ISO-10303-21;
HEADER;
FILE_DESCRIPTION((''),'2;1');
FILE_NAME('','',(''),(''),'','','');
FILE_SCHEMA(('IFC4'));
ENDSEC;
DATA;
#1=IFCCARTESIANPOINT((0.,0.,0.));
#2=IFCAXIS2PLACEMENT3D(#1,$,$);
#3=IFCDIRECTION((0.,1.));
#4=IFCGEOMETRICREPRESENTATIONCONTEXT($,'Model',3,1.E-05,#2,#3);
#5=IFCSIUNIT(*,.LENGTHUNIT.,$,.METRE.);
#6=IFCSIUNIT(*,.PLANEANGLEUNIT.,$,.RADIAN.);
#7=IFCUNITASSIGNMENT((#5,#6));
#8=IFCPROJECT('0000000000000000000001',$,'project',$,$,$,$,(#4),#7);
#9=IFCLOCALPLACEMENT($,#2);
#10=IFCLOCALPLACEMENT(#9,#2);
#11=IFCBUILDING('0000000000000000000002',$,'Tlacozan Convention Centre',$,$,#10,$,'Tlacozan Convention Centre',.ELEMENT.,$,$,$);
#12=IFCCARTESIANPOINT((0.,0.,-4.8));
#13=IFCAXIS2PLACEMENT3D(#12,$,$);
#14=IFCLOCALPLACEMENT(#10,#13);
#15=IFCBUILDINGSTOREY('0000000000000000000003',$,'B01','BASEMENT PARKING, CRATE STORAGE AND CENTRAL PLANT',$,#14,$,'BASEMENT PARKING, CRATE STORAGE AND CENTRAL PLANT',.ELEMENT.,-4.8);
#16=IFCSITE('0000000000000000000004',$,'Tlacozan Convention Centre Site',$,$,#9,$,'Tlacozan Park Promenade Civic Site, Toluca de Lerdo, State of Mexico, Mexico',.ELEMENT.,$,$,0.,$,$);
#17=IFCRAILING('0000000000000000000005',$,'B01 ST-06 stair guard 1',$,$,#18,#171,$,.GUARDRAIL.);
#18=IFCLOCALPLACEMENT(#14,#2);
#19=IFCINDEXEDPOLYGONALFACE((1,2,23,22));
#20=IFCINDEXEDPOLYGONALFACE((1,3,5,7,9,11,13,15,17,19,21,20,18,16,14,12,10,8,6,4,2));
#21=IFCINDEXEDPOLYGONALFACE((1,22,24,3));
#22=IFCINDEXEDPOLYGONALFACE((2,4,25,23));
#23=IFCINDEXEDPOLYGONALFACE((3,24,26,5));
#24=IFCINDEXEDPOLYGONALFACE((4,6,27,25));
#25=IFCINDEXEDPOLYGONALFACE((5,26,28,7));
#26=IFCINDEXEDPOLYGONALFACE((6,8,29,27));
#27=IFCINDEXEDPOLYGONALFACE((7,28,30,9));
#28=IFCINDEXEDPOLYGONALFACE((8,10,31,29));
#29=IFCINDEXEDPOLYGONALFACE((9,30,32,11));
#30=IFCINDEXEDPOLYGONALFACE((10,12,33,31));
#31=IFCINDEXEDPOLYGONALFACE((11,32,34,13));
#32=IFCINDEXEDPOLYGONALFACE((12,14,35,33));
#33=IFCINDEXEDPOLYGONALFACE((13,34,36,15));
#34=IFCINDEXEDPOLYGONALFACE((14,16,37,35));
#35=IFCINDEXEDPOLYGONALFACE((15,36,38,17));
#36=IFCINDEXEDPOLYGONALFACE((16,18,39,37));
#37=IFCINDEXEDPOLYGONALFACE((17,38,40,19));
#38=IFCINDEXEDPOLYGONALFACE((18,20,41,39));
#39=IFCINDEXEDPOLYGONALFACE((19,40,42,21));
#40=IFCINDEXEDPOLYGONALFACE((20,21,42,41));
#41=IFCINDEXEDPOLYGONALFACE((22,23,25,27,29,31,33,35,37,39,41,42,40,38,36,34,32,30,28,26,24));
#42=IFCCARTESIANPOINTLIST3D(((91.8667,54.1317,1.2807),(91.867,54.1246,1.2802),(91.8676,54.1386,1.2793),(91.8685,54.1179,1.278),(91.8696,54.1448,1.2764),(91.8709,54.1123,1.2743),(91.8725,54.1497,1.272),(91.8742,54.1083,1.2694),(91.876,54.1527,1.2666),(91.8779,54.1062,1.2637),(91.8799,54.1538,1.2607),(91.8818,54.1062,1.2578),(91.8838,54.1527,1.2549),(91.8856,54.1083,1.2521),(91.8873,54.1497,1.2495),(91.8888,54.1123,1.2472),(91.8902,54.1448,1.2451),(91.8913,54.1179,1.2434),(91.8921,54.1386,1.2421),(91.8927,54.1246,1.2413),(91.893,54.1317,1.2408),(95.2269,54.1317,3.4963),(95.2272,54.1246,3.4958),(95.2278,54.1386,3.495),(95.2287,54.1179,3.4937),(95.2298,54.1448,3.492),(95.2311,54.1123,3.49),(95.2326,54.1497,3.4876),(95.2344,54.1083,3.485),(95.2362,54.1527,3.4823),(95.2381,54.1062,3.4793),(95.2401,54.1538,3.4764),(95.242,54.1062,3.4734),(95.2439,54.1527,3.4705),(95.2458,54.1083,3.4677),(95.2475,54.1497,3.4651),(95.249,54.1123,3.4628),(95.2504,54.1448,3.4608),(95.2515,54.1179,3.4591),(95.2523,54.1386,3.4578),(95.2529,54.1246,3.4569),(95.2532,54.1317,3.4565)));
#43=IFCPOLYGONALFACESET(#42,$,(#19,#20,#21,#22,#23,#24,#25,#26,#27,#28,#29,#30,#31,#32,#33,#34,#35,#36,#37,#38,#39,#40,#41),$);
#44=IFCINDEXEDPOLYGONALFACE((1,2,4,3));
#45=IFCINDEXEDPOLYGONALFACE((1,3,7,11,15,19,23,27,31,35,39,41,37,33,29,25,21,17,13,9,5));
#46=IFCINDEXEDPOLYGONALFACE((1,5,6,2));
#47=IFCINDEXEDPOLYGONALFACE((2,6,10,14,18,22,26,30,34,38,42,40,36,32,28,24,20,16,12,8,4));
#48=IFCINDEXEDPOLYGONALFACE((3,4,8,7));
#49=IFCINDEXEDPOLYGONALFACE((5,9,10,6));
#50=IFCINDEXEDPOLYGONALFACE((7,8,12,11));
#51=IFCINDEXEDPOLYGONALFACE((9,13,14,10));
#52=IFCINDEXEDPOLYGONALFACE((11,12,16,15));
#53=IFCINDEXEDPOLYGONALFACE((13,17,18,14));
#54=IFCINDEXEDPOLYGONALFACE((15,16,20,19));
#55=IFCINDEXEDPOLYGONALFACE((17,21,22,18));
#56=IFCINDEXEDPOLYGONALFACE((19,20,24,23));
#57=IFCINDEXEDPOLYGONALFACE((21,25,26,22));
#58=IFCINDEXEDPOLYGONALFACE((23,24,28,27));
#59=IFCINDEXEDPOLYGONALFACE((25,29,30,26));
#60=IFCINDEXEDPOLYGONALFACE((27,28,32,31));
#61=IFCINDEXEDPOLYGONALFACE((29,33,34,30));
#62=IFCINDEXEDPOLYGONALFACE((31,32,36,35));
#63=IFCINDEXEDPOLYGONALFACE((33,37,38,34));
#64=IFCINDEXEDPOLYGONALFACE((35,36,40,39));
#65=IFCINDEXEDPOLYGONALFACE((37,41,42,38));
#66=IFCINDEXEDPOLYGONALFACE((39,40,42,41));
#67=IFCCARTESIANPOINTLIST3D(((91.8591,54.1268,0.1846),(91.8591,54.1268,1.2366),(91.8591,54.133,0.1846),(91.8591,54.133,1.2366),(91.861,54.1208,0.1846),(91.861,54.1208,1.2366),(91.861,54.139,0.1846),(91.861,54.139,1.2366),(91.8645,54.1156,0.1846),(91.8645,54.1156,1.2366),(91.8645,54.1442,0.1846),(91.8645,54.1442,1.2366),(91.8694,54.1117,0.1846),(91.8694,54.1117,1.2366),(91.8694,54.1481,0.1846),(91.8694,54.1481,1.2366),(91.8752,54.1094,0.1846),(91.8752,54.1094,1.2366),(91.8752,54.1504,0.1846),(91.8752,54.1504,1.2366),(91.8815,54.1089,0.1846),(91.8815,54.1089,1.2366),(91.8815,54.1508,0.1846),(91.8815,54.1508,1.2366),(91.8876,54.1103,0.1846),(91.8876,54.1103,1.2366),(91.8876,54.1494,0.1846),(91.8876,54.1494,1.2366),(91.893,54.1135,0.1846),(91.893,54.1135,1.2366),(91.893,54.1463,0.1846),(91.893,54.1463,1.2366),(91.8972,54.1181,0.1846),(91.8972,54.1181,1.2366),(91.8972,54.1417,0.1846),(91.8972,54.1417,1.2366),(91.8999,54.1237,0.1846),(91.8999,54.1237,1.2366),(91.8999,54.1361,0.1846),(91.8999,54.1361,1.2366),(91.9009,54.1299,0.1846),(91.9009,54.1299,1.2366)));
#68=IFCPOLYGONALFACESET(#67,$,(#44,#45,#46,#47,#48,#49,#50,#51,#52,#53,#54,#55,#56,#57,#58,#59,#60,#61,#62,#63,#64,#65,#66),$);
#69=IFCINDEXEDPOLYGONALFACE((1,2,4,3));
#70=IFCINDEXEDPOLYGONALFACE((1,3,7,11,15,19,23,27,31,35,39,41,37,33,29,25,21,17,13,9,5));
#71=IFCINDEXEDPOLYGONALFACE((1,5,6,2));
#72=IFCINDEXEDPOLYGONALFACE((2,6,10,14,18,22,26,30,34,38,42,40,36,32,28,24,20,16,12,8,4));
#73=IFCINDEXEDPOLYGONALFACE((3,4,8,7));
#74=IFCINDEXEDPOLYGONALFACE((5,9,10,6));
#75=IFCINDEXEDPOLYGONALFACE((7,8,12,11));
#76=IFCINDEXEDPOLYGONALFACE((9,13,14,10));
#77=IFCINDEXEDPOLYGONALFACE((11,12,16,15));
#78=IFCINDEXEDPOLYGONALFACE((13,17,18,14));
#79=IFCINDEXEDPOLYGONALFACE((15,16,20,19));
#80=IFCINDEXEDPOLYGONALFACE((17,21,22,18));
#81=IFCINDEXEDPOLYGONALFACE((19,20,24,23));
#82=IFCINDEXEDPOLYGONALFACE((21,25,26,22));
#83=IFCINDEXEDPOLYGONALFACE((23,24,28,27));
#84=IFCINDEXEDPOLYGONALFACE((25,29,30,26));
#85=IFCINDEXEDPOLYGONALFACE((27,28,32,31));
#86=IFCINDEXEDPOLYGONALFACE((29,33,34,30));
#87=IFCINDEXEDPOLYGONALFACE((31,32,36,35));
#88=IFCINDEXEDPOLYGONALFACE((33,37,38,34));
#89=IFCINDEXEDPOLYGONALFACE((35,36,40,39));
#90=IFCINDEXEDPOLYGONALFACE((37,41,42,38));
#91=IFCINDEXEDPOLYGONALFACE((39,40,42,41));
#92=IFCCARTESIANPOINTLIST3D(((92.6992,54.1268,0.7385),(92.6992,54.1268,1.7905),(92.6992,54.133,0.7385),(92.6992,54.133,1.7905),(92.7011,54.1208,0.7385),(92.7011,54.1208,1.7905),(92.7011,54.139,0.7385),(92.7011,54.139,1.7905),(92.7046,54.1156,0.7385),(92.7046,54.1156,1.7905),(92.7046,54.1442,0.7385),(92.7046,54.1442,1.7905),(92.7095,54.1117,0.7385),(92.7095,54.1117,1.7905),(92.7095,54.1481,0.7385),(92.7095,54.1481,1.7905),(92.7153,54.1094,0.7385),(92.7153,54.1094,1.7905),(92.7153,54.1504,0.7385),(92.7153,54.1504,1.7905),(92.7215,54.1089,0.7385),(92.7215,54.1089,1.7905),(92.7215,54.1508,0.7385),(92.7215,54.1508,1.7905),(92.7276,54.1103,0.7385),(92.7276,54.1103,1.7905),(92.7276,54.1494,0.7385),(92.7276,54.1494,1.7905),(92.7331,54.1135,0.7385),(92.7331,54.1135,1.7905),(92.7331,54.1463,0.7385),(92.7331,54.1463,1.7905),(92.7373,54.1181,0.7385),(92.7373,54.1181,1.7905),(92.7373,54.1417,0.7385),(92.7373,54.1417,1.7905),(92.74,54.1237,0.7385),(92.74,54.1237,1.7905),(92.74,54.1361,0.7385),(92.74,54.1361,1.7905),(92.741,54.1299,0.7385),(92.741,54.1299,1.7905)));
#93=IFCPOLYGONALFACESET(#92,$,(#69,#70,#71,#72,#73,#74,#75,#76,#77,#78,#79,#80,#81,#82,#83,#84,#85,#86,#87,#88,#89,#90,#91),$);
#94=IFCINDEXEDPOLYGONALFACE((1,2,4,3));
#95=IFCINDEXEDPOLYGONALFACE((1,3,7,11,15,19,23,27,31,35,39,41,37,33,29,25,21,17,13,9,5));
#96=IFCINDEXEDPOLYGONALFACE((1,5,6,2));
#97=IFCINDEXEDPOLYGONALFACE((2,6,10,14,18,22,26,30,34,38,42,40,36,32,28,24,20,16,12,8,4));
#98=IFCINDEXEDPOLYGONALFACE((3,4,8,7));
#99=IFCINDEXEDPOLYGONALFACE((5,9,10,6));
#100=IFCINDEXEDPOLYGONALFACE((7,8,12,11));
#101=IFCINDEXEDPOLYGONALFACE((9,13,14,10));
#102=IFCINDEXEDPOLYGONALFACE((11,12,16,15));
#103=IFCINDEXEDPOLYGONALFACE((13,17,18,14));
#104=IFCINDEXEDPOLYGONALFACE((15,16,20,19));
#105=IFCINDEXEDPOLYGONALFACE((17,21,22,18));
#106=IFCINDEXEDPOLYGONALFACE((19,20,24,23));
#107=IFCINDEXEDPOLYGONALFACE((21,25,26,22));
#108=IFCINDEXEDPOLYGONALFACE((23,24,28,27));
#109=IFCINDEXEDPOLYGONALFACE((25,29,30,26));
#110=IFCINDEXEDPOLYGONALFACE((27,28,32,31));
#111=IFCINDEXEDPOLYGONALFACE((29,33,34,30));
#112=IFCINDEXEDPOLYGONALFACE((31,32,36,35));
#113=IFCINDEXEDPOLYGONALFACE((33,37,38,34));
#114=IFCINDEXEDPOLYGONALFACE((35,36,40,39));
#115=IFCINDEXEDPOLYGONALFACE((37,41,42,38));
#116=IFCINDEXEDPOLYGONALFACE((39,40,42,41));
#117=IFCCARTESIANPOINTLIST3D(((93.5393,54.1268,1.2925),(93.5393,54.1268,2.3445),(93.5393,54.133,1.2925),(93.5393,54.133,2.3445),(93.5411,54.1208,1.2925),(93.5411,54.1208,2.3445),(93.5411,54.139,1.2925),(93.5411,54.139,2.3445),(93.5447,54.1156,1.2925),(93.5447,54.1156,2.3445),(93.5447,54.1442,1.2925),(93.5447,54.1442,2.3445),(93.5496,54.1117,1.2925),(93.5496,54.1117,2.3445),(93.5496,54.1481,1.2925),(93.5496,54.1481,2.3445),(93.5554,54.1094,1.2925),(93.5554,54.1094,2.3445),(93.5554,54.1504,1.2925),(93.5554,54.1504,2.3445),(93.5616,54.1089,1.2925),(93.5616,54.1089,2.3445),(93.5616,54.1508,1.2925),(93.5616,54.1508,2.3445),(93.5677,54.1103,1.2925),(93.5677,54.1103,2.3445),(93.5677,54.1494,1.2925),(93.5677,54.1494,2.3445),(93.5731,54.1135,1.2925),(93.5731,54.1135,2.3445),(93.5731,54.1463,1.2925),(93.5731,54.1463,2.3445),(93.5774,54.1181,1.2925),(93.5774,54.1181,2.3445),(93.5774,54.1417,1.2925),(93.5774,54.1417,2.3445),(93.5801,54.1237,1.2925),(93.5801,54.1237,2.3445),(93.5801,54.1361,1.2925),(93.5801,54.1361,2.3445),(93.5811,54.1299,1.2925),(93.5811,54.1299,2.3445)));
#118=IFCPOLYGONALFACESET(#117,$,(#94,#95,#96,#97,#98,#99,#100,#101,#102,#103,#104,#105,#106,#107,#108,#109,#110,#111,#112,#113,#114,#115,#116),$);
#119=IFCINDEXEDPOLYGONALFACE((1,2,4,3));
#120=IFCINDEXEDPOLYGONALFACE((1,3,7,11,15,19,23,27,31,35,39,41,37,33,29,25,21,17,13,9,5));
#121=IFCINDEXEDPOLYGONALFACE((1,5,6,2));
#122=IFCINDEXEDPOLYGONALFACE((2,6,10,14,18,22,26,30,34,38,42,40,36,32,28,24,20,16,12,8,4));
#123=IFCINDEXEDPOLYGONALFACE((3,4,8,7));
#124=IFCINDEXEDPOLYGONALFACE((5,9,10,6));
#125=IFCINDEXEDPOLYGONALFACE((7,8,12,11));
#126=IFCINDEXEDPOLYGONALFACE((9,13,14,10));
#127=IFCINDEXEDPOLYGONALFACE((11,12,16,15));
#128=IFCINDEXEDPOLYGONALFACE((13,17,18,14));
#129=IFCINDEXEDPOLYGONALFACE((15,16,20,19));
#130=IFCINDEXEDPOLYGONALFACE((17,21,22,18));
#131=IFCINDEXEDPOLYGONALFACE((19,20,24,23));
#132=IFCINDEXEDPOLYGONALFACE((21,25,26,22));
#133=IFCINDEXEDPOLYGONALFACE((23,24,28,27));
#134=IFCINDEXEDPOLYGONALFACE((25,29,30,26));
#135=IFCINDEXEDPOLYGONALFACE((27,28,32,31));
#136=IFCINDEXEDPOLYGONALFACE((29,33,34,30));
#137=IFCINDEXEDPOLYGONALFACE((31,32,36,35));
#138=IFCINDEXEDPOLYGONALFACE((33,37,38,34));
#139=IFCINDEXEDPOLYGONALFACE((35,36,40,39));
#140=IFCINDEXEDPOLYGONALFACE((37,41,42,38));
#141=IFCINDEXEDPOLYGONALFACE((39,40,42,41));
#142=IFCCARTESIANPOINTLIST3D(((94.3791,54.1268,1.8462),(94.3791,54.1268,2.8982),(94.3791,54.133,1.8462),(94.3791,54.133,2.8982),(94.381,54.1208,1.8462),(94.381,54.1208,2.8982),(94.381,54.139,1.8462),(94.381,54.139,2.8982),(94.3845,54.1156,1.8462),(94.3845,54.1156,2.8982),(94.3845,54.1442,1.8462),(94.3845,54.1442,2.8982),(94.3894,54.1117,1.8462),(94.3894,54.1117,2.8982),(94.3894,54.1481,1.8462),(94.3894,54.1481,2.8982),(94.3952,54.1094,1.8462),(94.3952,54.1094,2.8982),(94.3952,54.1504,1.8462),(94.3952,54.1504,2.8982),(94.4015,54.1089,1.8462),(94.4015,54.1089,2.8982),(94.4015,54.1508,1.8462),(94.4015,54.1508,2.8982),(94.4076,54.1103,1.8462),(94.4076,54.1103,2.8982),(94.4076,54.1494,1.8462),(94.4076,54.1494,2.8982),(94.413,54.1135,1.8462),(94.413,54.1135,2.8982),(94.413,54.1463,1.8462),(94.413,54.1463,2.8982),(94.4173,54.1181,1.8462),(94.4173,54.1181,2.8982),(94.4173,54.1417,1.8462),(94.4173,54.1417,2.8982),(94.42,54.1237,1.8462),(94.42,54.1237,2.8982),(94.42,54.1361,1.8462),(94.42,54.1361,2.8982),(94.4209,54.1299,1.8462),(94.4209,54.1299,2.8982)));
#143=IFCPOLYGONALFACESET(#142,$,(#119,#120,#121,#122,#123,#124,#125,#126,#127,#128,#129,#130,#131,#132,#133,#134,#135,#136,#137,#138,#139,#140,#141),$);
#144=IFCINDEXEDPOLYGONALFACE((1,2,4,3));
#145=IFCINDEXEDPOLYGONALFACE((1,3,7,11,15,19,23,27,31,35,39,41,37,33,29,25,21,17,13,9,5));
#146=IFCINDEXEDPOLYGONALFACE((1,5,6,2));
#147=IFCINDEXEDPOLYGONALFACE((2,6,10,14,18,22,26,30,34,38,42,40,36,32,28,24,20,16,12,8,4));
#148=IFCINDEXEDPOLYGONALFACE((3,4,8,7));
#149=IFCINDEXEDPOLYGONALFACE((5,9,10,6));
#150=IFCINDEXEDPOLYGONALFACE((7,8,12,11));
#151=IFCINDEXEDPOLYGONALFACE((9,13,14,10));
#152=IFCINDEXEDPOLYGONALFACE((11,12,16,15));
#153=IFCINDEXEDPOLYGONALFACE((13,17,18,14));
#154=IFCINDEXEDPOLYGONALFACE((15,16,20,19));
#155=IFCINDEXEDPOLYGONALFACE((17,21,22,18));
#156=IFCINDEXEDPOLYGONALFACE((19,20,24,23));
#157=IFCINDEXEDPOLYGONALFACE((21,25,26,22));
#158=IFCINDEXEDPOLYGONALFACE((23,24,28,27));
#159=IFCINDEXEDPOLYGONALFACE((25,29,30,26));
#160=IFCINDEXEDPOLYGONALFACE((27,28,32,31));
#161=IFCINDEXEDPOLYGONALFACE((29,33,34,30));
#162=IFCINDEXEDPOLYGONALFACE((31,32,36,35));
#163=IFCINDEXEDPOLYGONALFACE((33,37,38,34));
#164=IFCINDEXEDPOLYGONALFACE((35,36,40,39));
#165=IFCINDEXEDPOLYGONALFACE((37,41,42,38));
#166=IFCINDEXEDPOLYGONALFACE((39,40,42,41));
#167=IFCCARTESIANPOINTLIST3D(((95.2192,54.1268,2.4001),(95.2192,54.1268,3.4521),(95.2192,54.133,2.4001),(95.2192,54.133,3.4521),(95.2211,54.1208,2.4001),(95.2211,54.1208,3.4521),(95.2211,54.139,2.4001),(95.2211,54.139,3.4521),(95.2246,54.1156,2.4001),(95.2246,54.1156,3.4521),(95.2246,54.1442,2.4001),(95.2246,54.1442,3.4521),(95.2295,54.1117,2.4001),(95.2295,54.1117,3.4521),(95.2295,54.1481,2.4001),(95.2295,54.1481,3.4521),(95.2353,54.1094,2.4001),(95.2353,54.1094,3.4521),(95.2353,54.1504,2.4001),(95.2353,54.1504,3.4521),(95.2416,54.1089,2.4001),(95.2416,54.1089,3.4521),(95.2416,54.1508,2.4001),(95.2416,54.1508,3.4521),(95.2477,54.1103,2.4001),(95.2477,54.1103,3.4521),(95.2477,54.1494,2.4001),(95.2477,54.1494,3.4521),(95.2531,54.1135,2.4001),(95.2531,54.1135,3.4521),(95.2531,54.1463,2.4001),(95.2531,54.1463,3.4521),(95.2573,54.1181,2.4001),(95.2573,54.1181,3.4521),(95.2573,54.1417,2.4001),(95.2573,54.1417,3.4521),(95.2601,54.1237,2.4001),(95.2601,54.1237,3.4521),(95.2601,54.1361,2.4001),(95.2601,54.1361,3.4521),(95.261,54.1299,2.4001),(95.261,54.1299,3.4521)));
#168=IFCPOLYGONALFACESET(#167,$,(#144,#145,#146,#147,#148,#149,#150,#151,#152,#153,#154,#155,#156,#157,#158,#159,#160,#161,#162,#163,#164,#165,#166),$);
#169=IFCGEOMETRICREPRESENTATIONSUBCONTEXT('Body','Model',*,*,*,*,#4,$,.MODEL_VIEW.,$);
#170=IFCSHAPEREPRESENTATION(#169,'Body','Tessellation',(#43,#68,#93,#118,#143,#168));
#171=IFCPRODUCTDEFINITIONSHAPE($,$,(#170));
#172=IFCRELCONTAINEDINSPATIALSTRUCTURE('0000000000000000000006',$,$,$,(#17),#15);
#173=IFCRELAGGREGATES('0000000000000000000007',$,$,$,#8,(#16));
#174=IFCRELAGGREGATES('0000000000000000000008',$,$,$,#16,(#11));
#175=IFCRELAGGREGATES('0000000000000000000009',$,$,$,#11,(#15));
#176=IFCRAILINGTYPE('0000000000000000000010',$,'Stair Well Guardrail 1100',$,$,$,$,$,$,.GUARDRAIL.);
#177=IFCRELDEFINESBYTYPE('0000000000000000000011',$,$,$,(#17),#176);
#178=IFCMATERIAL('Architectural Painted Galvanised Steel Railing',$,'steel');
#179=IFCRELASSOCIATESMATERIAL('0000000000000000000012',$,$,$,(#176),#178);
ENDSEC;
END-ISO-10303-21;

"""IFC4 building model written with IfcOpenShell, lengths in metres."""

from ifc_helpers import new_model, si_unit, direction, frame, origin, origin_2d, place, context, subcontext, project, spatial, circle, extrude, material, type_object, element, save


model = new_model("IFC4")

# Units and contexts
model_context = context("Model", 3, precision=1e-05, world=origin(), true_north=direction((0.0, 1.0)))
body_context = subcontext(model_context, "Body", "Model", "MODEL_VIEW")
ifc_project = project(units=[si_unit("LENGTHUNIT", "METRE"), si_unit("PLANEANGLEUNIT", "RADIAN")], contexts=[model_context])

# Site, building, storey
site_placement = place(None, origin())
site = spatial("IfcSite", under=ifc_project, at=site_placement, Name="Tlacozan Convention Centre Site", LongName="Tlacozan Park Promenade Civic Site, Toluca de Lerdo, State of Mexico, Mexico", CompositionType="ELEMENT", RefElevation=0.0)
building_placement = place(site_placement, origin())
building = spatial("IfcBuilding", under=site, at=building_placement, Name="Tlacozan Convention Centre", LongName="Tlacozan Convention Centre", CompositionType="ELEMENT")
storey_placement = place(building_placement, frame((0.0, 0.0, -4.8)))
storey = spatial("IfcBuildingStorey", under=building, at=storey_placement, Name="B01", Description="BASEMENT PARKING, CRATE STORAGE AND CENTRAL PLANT", LongName="BASEMENT PARKING, CRATE STORAGE AND CENTRAL PLANT", CompositionType="ELEMENT", Elevation=-4.8)

# Railing
ifc_material_1 = material(Name="Architectural Painted Galvanised Steel Railing", Category="steel")
railing_type_1 = type_object("IfcRailingType", Name="Stair Well Guardrail 1100", PredefinedType="GUARDRAIL", material=ifc_material_1)
railing_1_placement = place(storey_placement, frame((91.8799, 54.1299, 0.1846)))
element("IfcRailing", 1, at=railing_1_placement, inside=storey, type_object=railing_type_1, Name="B01 ST-06 stair guard 1", PredefinedType="GUARDRAIL", context=body_context, shape_type="SweptSolid", body=[
    extrude(circle(Radius=0.0239, at=origin_2d()), frame((0.0, 0.0, 1.0762), z_axis=(0.834849, 0.0, 0.55048), x_axis=(0.0, 1.0, 0.0)), (0.0, 0.0, 1.0), 4.0249),
    extrude(circle(Radius=0.021, at=origin_2d()), origin(), (0.0, 0.0, 1.0), 1.052),
    extrude(circle(Radius=0.021, at=origin_2d()), frame((0.8401, 0.0, 0.554)), (0.0, 0.0, 1.0), 1.052),
    extrude(circle(Radius=0.021, at=origin_2d()), frame((1.6802, 0.0, 1.1079)), (0.0, 0.0, 1.0), 1.052),
    extrude(circle(Radius=0.021, at=origin_2d()), frame((2.52, 0.0, 1.6616)), (0.0, 0.0, 1.0), 1.052),
    extrude(circle(Radius=0.021, at=origin_2d()), frame((3.3601, 0.0, 2.2156)), (0.0, 0.0, 1.0), 1.052),
])

save(model, "model.ifc")
